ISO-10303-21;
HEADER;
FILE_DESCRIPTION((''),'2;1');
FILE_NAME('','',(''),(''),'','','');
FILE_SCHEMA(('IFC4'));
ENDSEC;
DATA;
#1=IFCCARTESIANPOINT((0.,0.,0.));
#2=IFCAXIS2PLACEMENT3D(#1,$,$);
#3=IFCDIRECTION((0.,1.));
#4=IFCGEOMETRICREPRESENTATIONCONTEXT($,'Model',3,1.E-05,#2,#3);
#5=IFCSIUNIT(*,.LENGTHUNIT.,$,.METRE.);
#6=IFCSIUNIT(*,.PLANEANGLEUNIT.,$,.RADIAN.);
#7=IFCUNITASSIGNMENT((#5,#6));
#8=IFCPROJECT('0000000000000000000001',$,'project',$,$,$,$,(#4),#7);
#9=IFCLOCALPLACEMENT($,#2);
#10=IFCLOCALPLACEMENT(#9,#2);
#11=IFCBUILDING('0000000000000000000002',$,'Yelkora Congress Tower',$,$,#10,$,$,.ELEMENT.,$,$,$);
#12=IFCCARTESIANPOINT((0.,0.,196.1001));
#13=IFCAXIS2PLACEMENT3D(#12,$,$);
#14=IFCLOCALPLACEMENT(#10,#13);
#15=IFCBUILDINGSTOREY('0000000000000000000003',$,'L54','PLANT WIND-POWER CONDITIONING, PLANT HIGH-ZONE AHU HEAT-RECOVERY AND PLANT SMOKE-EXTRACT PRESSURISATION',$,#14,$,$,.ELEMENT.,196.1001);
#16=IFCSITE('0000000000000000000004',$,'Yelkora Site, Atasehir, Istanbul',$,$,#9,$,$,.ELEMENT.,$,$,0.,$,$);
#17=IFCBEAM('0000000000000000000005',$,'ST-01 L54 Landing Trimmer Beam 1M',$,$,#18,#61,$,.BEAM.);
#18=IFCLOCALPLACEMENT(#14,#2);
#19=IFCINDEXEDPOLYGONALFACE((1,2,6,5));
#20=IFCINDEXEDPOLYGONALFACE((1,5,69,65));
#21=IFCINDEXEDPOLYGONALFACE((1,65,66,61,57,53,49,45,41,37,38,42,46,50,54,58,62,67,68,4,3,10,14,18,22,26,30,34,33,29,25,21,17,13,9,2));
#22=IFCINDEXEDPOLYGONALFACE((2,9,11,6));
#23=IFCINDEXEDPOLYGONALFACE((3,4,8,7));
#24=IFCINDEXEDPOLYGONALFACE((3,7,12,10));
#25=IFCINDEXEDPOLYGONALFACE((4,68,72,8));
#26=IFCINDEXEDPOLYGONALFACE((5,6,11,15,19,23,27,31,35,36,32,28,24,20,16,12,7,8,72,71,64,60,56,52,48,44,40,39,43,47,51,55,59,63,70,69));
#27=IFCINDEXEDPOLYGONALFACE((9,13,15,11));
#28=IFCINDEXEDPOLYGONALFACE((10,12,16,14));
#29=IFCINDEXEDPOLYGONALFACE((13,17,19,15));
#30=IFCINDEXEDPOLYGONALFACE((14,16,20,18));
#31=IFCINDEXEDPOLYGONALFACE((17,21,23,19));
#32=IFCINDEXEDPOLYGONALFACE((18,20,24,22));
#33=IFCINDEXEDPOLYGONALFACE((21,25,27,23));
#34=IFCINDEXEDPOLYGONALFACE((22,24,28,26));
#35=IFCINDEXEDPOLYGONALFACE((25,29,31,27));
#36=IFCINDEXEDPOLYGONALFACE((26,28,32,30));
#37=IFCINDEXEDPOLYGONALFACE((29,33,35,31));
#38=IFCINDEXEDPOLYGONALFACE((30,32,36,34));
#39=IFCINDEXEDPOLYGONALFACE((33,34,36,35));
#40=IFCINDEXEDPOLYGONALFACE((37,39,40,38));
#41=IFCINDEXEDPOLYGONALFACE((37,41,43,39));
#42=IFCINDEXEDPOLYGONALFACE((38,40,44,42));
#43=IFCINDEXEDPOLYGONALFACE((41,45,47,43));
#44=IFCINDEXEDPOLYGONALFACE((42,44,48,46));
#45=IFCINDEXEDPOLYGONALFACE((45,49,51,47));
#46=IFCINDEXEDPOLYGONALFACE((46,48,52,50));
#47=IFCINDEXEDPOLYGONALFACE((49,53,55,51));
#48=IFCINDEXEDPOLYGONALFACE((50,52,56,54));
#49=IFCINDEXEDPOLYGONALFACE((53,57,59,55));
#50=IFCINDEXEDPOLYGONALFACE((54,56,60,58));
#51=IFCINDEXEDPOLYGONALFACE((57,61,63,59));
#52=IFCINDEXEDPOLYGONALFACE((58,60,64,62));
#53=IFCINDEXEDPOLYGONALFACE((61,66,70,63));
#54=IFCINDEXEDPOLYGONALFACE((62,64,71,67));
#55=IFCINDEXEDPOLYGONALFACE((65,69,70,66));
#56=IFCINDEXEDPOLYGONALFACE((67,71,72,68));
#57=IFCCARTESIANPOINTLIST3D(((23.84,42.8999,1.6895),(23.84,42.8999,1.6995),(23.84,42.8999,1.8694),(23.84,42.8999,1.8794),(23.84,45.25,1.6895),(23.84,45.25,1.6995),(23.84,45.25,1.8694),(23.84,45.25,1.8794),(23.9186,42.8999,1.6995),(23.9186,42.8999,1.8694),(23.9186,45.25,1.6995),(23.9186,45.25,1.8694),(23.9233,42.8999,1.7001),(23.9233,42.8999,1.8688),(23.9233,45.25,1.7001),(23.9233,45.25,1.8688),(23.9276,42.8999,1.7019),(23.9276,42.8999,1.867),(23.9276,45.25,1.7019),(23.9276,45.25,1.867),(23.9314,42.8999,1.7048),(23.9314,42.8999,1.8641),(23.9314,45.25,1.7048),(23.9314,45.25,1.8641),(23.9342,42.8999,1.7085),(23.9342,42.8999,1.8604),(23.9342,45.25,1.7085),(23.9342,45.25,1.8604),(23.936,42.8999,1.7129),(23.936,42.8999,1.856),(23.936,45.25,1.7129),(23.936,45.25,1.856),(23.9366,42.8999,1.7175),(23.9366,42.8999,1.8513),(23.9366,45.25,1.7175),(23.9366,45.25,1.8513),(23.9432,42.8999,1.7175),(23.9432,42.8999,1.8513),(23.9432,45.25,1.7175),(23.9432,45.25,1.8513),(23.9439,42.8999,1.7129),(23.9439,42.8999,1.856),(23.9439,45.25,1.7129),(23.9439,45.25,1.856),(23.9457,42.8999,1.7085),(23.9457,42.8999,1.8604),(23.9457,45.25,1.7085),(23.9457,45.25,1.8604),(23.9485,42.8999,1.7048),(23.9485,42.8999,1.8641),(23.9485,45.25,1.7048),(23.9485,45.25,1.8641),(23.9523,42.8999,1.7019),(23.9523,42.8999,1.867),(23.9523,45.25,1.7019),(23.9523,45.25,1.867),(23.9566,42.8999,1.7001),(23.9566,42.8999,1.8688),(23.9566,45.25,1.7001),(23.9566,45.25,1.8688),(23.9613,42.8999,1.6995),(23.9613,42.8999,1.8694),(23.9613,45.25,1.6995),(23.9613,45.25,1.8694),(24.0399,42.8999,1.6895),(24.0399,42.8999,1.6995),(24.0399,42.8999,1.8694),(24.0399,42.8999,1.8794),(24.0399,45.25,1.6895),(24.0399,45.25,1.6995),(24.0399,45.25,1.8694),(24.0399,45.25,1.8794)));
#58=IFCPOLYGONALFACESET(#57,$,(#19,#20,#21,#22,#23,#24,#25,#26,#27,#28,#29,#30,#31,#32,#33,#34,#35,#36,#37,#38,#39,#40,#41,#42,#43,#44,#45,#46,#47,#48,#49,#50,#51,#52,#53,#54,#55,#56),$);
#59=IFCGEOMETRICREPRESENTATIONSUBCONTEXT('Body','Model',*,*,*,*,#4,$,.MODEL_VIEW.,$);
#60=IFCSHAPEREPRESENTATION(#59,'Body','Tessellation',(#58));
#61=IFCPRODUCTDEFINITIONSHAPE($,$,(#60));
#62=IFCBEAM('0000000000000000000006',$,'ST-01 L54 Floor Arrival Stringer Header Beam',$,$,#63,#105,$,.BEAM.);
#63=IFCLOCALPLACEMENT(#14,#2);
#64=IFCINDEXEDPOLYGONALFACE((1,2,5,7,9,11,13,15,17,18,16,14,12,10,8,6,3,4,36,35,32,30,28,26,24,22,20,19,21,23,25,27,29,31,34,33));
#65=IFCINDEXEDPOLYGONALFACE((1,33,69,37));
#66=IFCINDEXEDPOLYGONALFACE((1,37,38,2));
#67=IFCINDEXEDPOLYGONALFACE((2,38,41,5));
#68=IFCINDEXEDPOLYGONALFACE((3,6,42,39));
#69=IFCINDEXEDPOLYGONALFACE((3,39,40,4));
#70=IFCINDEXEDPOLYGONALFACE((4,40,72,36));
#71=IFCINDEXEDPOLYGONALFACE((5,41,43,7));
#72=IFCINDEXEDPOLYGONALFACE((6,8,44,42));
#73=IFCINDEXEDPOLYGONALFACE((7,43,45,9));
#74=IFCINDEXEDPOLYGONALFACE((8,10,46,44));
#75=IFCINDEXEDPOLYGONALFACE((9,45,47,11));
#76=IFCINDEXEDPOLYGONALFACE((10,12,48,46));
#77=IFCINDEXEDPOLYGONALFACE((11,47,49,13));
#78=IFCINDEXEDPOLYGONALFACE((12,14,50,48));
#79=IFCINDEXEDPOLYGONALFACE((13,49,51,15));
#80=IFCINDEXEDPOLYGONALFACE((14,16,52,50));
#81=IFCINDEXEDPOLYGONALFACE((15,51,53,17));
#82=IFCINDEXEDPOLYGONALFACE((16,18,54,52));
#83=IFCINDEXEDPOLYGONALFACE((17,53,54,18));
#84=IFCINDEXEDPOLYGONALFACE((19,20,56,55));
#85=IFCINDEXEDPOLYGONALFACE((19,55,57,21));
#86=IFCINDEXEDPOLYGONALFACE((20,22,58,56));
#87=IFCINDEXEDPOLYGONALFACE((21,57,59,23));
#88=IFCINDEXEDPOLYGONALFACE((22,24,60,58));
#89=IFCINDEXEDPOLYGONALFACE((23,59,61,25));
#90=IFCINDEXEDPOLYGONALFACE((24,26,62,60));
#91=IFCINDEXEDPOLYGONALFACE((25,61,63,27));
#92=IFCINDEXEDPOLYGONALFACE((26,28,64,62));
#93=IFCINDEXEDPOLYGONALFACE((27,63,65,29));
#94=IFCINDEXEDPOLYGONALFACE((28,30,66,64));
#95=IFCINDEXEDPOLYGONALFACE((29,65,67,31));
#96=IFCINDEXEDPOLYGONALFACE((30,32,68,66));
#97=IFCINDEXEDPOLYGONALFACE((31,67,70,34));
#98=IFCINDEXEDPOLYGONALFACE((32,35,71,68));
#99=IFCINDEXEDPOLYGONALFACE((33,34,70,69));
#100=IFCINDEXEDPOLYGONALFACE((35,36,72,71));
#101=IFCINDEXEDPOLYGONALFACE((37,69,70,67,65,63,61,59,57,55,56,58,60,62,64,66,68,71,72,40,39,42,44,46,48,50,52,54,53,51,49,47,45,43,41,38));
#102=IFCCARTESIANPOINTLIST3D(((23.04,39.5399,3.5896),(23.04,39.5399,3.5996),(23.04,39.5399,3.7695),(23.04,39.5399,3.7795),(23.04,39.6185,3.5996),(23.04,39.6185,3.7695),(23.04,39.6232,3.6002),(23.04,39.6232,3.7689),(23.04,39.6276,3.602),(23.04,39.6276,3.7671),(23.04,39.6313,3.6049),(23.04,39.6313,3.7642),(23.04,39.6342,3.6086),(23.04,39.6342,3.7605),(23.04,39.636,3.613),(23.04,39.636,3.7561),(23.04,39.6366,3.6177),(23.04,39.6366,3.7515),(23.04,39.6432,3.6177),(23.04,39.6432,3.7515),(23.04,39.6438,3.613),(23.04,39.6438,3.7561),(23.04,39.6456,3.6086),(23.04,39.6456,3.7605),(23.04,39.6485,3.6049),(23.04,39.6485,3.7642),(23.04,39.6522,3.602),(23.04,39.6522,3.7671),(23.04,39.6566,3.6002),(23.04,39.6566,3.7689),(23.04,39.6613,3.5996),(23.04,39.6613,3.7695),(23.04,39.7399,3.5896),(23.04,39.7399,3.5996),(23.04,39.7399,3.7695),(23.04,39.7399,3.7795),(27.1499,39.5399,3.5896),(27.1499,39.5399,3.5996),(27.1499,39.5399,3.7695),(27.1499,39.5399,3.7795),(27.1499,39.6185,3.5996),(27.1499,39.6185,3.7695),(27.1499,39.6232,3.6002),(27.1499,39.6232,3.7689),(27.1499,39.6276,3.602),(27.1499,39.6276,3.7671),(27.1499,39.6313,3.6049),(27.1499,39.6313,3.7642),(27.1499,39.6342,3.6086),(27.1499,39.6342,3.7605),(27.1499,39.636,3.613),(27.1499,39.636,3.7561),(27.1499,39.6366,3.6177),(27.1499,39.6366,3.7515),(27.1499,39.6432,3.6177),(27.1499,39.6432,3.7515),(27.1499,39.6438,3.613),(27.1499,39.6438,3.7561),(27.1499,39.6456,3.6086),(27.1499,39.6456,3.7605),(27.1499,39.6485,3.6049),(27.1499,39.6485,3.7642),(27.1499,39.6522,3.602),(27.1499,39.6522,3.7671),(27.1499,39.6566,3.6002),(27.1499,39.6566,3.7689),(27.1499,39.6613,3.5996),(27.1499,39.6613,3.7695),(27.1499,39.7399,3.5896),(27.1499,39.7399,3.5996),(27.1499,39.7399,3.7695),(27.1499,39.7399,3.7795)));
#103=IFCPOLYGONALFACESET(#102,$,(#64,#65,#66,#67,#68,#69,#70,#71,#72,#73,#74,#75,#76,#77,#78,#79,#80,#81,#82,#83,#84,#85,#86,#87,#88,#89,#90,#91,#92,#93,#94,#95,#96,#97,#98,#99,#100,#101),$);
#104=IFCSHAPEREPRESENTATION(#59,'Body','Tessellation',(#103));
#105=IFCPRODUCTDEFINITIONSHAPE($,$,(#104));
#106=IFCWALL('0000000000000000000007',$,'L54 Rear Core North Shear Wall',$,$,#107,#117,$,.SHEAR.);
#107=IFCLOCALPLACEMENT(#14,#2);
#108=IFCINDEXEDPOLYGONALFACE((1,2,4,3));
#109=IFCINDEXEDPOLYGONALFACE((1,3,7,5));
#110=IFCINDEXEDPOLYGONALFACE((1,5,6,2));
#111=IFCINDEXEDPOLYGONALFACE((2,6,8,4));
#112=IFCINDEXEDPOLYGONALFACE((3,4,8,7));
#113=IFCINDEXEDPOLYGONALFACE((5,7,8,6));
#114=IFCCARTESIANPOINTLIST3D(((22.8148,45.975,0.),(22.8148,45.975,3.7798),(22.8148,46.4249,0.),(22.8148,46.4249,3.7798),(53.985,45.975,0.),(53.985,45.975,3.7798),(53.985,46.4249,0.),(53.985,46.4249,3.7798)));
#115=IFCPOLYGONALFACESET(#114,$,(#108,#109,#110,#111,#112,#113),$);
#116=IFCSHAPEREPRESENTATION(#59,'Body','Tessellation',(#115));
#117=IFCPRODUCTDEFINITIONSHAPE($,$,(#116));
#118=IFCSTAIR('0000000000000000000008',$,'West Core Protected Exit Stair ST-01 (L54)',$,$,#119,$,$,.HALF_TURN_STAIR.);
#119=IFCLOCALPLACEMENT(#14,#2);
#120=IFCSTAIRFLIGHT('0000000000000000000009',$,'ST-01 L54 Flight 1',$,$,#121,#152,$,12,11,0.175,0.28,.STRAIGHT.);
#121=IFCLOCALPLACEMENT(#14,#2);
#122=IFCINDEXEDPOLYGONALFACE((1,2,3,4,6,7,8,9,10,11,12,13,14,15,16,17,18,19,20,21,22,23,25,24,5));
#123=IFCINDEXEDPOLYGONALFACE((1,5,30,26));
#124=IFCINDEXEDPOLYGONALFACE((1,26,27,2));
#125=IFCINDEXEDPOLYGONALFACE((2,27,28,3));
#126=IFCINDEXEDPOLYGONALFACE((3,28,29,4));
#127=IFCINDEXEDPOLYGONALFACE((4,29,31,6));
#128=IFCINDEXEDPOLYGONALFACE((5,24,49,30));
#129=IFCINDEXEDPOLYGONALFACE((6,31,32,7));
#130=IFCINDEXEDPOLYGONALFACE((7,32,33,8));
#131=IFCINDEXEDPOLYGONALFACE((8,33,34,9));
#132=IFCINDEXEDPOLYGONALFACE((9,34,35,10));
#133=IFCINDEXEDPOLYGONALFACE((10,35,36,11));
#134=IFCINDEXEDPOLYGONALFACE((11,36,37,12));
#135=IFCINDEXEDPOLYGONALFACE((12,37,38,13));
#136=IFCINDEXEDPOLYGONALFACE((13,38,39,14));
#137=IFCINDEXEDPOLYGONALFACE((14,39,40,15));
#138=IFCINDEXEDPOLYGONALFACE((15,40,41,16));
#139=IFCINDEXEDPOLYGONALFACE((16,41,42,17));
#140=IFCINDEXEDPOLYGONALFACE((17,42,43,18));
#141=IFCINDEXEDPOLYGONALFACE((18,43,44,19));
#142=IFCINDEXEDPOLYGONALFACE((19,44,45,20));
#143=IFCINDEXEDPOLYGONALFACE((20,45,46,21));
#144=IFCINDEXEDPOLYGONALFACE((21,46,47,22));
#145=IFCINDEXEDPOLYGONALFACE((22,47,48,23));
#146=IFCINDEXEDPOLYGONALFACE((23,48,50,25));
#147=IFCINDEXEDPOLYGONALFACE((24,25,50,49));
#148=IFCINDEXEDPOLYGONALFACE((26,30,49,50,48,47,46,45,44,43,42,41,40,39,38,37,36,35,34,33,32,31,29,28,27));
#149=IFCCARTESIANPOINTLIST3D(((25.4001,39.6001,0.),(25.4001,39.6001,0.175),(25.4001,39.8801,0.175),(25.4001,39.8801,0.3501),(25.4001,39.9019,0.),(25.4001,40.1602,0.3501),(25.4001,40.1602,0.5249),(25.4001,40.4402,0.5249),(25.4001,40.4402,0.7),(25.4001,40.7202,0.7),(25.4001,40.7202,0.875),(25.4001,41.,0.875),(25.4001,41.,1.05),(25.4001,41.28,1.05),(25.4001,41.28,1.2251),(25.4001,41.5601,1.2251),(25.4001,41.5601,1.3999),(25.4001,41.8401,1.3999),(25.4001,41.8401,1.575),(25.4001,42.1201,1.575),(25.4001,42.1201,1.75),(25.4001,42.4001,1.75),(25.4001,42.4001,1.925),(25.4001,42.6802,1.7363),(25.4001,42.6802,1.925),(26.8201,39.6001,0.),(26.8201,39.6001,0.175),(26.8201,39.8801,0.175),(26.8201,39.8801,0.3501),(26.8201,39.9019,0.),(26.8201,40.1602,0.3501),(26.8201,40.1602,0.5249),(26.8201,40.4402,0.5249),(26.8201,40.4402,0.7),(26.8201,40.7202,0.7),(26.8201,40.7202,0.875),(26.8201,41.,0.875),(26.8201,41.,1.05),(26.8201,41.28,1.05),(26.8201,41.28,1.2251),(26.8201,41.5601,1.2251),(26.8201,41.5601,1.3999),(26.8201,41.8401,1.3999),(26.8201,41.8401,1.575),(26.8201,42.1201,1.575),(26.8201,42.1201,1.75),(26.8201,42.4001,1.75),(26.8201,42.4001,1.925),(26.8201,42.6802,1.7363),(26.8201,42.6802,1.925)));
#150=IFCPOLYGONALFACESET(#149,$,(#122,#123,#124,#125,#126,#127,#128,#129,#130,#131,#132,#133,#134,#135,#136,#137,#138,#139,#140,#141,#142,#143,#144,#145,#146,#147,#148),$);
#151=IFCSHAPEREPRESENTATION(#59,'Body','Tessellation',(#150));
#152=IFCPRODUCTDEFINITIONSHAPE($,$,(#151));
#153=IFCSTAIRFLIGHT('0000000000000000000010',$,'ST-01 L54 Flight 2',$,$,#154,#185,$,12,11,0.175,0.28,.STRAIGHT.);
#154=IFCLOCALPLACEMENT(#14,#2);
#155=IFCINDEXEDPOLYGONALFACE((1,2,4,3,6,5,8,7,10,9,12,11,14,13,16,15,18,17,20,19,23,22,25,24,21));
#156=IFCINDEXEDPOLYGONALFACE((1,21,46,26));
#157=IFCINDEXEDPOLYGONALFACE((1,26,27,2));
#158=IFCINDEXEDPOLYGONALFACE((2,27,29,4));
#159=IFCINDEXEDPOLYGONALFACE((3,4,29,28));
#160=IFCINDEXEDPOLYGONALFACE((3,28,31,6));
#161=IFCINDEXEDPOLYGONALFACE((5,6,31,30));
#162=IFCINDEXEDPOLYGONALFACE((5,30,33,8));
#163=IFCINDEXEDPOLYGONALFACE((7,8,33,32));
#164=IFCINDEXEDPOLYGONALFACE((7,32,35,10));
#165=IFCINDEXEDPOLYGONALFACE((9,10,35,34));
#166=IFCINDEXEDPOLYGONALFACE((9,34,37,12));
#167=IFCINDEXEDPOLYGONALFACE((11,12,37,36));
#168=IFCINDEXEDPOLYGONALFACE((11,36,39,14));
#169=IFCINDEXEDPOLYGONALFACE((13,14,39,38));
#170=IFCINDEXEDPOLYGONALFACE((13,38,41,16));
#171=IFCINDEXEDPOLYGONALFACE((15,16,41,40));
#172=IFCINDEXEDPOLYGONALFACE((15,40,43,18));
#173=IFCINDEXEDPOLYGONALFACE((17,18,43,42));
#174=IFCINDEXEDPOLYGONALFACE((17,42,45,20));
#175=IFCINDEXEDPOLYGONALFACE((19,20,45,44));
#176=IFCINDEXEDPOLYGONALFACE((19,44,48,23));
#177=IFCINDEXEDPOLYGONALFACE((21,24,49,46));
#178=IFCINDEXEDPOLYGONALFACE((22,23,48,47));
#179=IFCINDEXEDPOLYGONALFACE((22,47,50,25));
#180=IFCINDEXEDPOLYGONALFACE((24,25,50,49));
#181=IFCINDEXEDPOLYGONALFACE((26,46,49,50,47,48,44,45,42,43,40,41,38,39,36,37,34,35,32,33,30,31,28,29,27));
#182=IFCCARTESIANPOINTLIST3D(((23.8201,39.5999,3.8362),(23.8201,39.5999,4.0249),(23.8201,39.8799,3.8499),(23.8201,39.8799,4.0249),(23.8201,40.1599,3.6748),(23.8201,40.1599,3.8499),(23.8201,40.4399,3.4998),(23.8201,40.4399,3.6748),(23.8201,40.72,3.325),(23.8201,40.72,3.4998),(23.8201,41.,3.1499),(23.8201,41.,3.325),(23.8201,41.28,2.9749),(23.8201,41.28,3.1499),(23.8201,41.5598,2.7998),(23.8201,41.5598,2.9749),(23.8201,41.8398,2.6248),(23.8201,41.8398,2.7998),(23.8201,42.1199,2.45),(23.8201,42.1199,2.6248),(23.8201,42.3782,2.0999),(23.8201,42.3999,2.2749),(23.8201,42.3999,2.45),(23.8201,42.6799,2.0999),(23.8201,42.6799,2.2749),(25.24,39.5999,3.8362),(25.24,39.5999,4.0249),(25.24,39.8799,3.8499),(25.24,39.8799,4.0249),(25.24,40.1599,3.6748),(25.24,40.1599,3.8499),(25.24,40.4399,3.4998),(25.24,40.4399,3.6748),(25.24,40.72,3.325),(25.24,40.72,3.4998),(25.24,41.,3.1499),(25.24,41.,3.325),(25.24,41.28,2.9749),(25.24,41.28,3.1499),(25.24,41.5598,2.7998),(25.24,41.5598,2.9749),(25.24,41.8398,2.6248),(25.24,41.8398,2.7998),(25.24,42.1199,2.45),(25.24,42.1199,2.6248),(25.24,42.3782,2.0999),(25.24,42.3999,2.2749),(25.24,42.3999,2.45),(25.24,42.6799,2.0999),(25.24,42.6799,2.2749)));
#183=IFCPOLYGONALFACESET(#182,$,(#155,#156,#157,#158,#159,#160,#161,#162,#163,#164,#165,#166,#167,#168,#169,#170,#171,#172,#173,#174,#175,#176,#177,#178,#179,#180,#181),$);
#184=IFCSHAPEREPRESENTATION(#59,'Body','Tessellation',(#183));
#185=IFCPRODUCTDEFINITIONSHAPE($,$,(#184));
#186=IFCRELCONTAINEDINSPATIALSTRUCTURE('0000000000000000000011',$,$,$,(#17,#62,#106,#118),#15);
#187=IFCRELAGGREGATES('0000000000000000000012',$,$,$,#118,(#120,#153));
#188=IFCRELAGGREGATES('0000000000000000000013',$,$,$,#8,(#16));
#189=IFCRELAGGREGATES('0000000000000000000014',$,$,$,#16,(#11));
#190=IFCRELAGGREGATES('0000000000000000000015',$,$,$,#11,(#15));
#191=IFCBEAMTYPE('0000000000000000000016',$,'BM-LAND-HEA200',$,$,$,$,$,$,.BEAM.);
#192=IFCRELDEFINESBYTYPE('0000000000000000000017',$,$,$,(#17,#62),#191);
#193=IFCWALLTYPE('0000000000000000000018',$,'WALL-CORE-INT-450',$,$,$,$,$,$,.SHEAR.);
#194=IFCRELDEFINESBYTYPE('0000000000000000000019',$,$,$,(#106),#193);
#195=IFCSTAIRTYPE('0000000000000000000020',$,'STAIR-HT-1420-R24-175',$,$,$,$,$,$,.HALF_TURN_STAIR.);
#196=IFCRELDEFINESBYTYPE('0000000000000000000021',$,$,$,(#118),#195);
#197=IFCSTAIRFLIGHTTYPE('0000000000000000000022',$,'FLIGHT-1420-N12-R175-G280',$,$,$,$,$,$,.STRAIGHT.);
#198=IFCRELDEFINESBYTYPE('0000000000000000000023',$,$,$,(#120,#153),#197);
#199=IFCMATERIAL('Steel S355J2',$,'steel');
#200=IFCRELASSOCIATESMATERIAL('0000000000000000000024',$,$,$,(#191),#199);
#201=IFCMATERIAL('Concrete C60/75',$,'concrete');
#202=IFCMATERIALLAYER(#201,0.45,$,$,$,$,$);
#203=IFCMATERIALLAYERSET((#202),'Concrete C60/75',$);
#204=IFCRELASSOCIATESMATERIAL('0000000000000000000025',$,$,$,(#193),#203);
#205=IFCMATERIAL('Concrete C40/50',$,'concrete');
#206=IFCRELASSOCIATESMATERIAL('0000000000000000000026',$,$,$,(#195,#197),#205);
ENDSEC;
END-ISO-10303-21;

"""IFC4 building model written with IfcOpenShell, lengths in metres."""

from ifc_helpers import new_model, si_unit, direction, frame, frame_2d, origin, origin_2d, place, context, subcontext, project, spatial, polyline, rectangle, i_section, outline, extrude, material, layer, layer_set, material_profile, profile_set, type_object, element, aggregate, save


model = new_model("IFC4")

# Units and contexts
model_context = context("Model", 3, precision=1e-05, world=origin(), true_north=direction((0.0, 1.0)))
body_context = subcontext(model_context, "Body", "Model", "MODEL_VIEW")
ifc_project = project(units=[si_unit("LENGTHUNIT", "METRE"), si_unit("PLANEANGLEUNIT", "RADIAN")], contexts=[model_context])

# Site, building, storey
site_placement = place(None, origin())
site = spatial("IfcSite", under=ifc_project, at=site_placement, Name="Yelkora Site, Atasehir, Istanbul", CompositionType="ELEMENT", RefElevation=0.0)
building_placement = place(site_placement, origin())
building = spatial("IfcBuilding", under=site, at=building_placement, Name="Yelkora Congress Tower", CompositionType="ELEMENT")
storey_placement = place(building_placement, frame((0.0, 0.0, 196.1001)))
storey = spatial("IfcBuildingStorey", under=building, at=storey_placement, Name="L54", Description="PLANT WIND-POWER CONDITIONING, PLANT HIGH-ZONE AHU HEAT-RECOVERY AND PLANT SMOKE-EXTRACT PRESSURISATION", CompositionType="ELEMENT", Elevation=196.1001)

# Beams
ifc_material_1 = material(Name="Steel S355J2", Category="steel")
ifc_material_profile_1 = material_profile(ifc_material_1, i_section(OverallWidth=0.2, OverallDepth=0.1899, WebThickness=0.0066, FlangeThickness=0.01, FilletRadius=0.0181, at=origin_2d()), Name="HEA 200")
ifc_profile_set_1 = profile_set([ifc_material_profile_1], Name="Steel S355J2")
beam_type = type_object("IfcBeamType", Name="BM-LAND-HEA200", PredefinedType="BEAM", material=ifc_profile_set_1)
beam_1_placement = place(storey_placement, frame((23.9399, 42.8999, 1.7844), z_axis=(0.0, 1.0, 0.0), x_axis=(-1.0, 0.0, 0.0)))
element("IfcBeam", 1, at=beam_1_placement, inside=storey, type_object=beam_type, Name="ST-01 L54 Landing Trimmer Beam 1M", PredefinedType="BEAM", context=body_context, shape_type="SweptSolid", body=[
    extrude(i_section(OverallWidth=0.2, OverallDepth=0.1899, WebThickness=0.0066, FlangeThickness=0.01, FilletRadius=0.0181, at=origin_2d()), origin(), (0.0, 0.0, 1.0), 2.3501),
])
beam_2_placement = place(storey_placement, frame((23.04, 39.6399, 3.6846), z_axis=(1.0, 0.0, 0.0), x_axis=(0.0, 1.0, 0.0)))
element("IfcBeam", 2, at=beam_2_placement, inside=storey, type_object=beam_type, Name="ST-01 L54 Floor Arrival Stringer Header Beam", PredefinedType="BEAM", context=body_context, shape_type="SweptSolid", body=[
    extrude(i_section(OverallWidth=0.2, OverallDepth=0.1899, WebThickness=0.0066, FlangeThickness=0.01, FilletRadius=0.0181, at=origin_2d()), origin(), (0.0, 0.0, 1.0), 4.1099),
])

# Wall
ifc_material_2 = material(Name="Concrete C60/75", Category="concrete")
ifc_layer_1 = layer(ifc_material_2, 0.45)
ifc_layer_set_1 = layer_set([ifc_layer_1], Name="Concrete C60/75")
wall_type_1 = type_object("IfcWallType", Name="WALL-CORE-INT-450", PredefinedType="SHEAR", material=ifc_layer_set_1)
wall_1_placement = place(storey_placement, frame((22.8149, 46.2, 0.0), z_axis=(0.0, 0.0, 1.0), x_axis=(1.0, 0.0, 0.0)))
element("IfcWall", 3, at=wall_1_placement, inside=storey, type_object=wall_type_1, Name="L54 Rear Core North Shear Wall", PredefinedType="SHEAR", context=body_context, shape_type="SweptSolid", body=[
    extrude(rectangle(XDim=31.1702, YDim=0.45, at=frame_2d((15.585, 0.0))), origin(), (0.0, 0.0, 1.0), 3.7798),
])

# Stair, stair flights
ifc_material_3 = material(Name="Concrete C40/50", Category="concrete")
stair_type = type_object("IfcStairType", Name="STAIR-HT-1420-R24-175", PredefinedType="HALF_TURN_STAIR", material=ifc_material_3)
stair_placement = place(storey_placement, origin())
stair = element("IfcStair", 4, at=stair_placement, inside=storey, type_object=stair_type, Name="West Core Protected Exit Stair ST-01 (L54)", PredefinedType="HALF_TURN_STAIR")
stair_flight_type = type_object("IfcStairFlightType", Name="FLIGHT-1420-N12-R175-G280", PredefinedType="STRAIGHT", material=ifc_material_3)
stair_flight_1_placement = place(storey_placement, frame((26.1101, 39.6001, 0.0), z_axis=(0.0, 0.0, 1.0), x_axis=(0.0, 1.0, 0.0)))
stair_flight_1 = element("IfcStairFlight", 5, at=stair_flight_1_placement, type_object=stair_flight_type, Name="ST-01 L54 Flight 1", NumberOfRisers=12, NumberOfTreads=11, PredefinedType="STRAIGHT", RiserHeight=0.175, TreadLength=0.28, context=body_context, shape_type="SweptSolid", body=[
    extrude(outline(polyline([(0.0, 0.0), (0.0, 0.175), (0.28, 0.175), (0.28, 0.3501), (0.5601, 0.3501), (0.5601, 0.5249), (0.8401, 0.5249), (0.8401, 0.7), (1.1201, 0.7), (1.1201, 0.875), (1.3999, 0.875), (1.3999, 1.05), (1.6799, 1.05), (1.6799, 1.2251), (1.96, 1.2251), (1.96, 1.3999), (2.24, 1.3999), (2.24, 1.575), (2.52, 1.575), (2.52, 1.75), (2.8, 1.75), (2.8, 1.925), (3.0801, 1.925), (3.0801, 2.1001), (3.0801, 1.7363), (0.3018, 0.0), (0.0, 0.0)])), frame((0.0, 0.71, 0.0), z_axis=(0.0, -1.0, 0.0), x_axis=(1.0, 0.0, 0.0)), (0.0, 0.0, 1.0), 1.4199),
])
stair_flight_2_placement = place(storey_placement, frame((24.53, 42.6799, 2.0999), z_axis=(0.0, 0.0, 1.0), x_axis=(0.0, -1.0, 0.0)))
stair_flight_2 = element("IfcStairFlight", 6, at=stair_flight_2_placement, type_object=stair_flight_type, Name="ST-01 L54 Flight 2", NumberOfRisers=12, NumberOfTreads=11, PredefinedType="STRAIGHT", RiserHeight=0.175, TreadLength=0.28, context=body_context, shape_type="SweptSolid", body=[
    extrude(outline(polyline([(0.0, 0.0), (0.0, 0.175), (0.28, 0.175), (0.28, 0.3501), (0.5601, 0.3501), (0.5601, 0.5249), (0.8401, 0.5249), (0.8401, 0.7), (1.1201, 0.7), (1.1201, 0.875), (1.3999, 0.875), (1.3999, 1.05), (1.6799, 1.05), (1.6799, 1.2251), (1.96, 1.2251), (1.96, 1.3999), (2.24, 1.3999), (2.24, 1.575), (2.52, 1.575), (2.52, 1.75), (2.8, 1.75), (2.8, 1.925), (3.0801, 1.925), (3.0801, 2.1001), (3.0801, 1.7363), (0.3018, 0.0), (0.0, 0.0)])), frame((0.0, 0.71, 0.0), z_axis=(0.0, -1.0, 0.0), x_axis=(1.0, 0.0, 0.0)), (0.0, 0.0, 1.0), 1.4199),
])
aggregate(stair, [stair_flight_1, stair_flight_2])

save(model, "model.ifc")
